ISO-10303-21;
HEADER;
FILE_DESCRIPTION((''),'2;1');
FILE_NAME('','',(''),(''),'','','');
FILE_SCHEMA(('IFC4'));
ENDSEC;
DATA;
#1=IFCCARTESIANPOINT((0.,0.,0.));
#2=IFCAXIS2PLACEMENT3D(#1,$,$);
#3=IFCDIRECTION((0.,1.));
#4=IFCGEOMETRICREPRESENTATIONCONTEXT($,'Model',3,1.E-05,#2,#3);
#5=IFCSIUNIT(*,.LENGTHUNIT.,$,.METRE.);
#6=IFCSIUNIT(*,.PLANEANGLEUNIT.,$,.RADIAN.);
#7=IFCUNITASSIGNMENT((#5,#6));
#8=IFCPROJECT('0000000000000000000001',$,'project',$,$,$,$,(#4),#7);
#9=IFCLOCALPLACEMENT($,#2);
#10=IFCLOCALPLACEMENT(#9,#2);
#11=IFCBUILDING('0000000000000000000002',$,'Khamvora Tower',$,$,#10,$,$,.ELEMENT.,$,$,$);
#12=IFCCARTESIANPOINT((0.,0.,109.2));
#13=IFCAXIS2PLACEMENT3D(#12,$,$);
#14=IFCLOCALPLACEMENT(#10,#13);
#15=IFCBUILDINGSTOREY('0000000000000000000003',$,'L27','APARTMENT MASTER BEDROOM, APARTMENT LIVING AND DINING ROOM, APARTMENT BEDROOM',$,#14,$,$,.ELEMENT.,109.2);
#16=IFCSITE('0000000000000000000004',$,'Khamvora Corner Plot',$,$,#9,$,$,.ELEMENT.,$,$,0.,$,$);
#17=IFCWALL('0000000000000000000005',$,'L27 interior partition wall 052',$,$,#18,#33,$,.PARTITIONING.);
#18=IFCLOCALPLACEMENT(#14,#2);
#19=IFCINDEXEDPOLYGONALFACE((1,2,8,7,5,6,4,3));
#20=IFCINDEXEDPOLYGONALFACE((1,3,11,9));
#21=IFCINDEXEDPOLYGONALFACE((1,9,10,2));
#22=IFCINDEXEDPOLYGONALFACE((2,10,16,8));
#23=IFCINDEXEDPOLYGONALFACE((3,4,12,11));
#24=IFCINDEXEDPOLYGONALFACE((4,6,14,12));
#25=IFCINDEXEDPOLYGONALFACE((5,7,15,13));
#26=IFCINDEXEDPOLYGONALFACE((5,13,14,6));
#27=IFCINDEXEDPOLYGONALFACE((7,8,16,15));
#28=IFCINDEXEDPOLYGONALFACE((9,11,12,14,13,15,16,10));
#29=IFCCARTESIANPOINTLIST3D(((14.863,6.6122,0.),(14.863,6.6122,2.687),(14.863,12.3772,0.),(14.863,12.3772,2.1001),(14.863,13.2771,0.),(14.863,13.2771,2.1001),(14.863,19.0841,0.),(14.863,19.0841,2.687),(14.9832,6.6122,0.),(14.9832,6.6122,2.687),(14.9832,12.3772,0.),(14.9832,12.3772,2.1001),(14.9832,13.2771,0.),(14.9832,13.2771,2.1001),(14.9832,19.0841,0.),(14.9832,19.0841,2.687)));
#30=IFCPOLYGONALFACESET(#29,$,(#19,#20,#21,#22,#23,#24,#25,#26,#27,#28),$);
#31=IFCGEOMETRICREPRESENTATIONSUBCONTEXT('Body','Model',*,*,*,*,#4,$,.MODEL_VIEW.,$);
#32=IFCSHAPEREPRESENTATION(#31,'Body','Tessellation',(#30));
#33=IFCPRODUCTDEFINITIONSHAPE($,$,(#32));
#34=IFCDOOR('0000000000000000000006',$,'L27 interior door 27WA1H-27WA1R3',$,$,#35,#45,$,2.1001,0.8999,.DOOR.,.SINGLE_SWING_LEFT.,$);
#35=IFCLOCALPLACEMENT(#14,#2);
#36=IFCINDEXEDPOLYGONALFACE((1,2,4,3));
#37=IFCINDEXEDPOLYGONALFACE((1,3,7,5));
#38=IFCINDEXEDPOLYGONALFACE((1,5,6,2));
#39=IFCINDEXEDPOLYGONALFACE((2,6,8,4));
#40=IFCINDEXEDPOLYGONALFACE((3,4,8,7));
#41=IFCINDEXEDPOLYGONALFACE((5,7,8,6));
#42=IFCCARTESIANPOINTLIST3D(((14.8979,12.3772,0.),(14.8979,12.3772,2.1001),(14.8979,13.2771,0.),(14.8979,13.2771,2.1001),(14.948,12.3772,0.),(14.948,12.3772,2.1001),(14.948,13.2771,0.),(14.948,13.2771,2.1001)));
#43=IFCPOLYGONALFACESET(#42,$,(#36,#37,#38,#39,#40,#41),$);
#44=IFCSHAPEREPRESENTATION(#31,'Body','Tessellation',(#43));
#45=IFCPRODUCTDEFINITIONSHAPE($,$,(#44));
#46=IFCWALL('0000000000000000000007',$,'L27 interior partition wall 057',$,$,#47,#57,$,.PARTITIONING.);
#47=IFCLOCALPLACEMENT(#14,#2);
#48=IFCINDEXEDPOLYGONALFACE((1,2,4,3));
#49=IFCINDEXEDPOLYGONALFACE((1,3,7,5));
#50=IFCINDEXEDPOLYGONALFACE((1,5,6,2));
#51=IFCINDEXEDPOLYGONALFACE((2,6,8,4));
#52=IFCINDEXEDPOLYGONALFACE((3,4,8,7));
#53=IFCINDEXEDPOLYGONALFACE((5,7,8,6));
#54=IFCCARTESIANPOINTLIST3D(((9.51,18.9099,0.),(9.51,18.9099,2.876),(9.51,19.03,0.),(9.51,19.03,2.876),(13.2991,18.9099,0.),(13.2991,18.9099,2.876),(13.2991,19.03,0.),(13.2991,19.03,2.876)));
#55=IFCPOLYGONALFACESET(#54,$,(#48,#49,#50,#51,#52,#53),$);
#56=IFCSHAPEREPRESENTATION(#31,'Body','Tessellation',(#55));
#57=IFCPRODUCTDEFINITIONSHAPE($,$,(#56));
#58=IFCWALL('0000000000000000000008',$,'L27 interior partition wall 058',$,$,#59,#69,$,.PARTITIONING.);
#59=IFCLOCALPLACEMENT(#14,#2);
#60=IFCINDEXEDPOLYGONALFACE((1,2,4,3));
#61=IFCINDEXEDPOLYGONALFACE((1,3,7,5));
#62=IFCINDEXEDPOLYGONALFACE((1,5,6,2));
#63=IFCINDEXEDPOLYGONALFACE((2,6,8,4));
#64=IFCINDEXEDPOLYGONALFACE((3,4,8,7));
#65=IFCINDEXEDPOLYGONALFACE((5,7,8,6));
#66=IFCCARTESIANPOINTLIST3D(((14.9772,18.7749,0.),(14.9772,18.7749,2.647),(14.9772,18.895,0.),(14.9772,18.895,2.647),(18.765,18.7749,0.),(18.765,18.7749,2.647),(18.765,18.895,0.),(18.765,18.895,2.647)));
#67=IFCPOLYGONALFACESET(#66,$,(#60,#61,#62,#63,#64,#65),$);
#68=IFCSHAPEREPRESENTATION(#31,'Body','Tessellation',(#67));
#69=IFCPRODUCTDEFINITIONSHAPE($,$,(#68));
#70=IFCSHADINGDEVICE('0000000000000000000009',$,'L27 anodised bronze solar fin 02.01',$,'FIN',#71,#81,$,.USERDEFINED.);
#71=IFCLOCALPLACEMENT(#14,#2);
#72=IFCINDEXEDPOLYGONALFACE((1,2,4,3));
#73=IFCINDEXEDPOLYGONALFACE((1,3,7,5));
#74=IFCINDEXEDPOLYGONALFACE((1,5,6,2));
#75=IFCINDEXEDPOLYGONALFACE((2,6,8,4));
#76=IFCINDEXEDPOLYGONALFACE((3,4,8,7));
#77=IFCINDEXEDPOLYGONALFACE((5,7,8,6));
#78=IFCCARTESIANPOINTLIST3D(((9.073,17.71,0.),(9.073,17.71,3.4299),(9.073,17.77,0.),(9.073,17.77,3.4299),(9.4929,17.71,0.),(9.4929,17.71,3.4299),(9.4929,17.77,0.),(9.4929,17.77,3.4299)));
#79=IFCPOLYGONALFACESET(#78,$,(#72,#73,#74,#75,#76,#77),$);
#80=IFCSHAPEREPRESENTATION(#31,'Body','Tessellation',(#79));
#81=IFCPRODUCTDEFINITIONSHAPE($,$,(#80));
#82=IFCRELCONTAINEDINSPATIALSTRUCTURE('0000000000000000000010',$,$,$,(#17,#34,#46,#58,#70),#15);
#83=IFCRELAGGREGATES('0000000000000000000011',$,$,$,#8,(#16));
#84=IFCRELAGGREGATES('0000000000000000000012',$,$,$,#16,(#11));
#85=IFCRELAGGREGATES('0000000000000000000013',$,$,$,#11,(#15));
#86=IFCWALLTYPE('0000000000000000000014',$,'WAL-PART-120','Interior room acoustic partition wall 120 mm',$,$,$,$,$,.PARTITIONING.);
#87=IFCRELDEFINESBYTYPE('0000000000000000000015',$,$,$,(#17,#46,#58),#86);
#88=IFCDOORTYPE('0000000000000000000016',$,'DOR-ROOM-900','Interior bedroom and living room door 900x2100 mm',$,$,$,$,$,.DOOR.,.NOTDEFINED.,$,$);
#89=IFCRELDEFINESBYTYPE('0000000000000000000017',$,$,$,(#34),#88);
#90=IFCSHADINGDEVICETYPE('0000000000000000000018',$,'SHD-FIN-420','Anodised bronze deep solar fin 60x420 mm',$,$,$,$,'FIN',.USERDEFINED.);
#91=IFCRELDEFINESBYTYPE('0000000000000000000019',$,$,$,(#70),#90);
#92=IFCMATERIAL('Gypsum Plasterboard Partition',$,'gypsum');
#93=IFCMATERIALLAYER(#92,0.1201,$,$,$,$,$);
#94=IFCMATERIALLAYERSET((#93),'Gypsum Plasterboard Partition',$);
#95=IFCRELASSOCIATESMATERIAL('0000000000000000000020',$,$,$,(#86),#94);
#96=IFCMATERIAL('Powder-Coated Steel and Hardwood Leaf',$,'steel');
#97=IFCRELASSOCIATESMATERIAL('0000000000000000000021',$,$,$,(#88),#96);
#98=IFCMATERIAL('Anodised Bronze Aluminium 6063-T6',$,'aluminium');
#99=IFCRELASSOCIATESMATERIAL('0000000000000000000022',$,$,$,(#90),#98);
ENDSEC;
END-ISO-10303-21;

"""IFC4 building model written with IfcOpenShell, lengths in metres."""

from ifc_helpers import new_model, si_unit, direction, frame, frame_2d, origin, origin_2d, place, context, subcontext, project, spatial, rectangle, extrude, material, layer, layer_set, type_object, element, fill, save


model = new_model("IFC4")

# Units and contexts
model_context = context("Model", 3, precision=1e-05, world=origin(), true_north=direction((0.0, 1.0)))
body_context = subcontext(model_context, "Body", "Model", "MODEL_VIEW")
ifc_project = project(units=[si_unit("LENGTHUNIT", "METRE"), si_unit("PLANEANGLEUNIT", "RADIAN")], contexts=[model_context])

# Site, building, storey
site_placement = place(None, origin())
site = spatial("IfcSite", under=ifc_project, at=site_placement, Name="Khamvora Corner Plot", CompositionType="ELEMENT", RefElevation=0.0)
building_placement = place(site_placement, origin())
building = spatial("IfcBuilding", under=site, at=building_placement, Name="Khamvora Tower", CompositionType="ELEMENT")
storey_placement = place(building_placement, frame((0.0, 0.0, 109.2)))
storey = spatial("IfcBuildingStorey", under=building, at=storey_placement, Name="L27", Description="APARTMENT MASTER BEDROOM, APARTMENT LIVING AND DINING ROOM, APARTMENT BEDROOM", CompositionType="ELEMENT", Elevation=109.2)

# Wall, opening, door
ifc_material_1 = material(Name="Gypsum Plasterboard Partition", Category="gypsum")
ifc_layer_1 = layer(ifc_material_1, 0.1201)
ifc_layer_set_1 = layer_set([ifc_layer_1], Name="Gypsum Plasterboard Partition")
wall_type = type_object("IfcWallType", Name="WAL-PART-120", Description="Interior room acoustic partition wall 120 mm", PredefinedType="PARTITIONING", material=ifc_layer_set_1)
ifc_material_2 = material(Name="Powder-Coated Steel and Hardwood Leaf", Category="steel")
door_type = type_object("IfcDoorType", Name="DOR-ROOM-900", Description="Interior bedroom and living room door 900x2100 mm", OperationType="NOTDEFINED", PredefinedType="DOOR", material=ifc_material_2)
wall_1_placement = place(storey_placement, frame((14.9231, 19.084, 0.0), z_axis=(0.0, 0.0, 1.0), x_axis=(0.0, -1.0, 0.0)))
wall_1 = element("IfcWall", 1, at=wall_1_placement, inside=storey, type_object=wall_type, Name="L27 interior partition wall 052", PredefinedType="PARTITIONING", context=body_context, shape_type="SweptSolid", body=[
    extrude(rectangle(XDim=12.4719, YDim=0.1201, at=frame_2d((6.2358, 0.0))), origin(), (0.0, 0.0, 1.0), 2.687),
])
opening_1_placement = place(wall_1_placement, frame((5.8069, 0.0, 0.0)))
opening_1 = element("IfcOpeningElement", 2, at=opening_1_placement, cuts=wall_1, PredefinedType="OPENING", context=body_context, shape_type="SweptSolid", body=[
    extrude(rectangle(XDim=0.8999, YDim=2.1001, at=frame_2d((0.45, 1.05))), frame((0.0, 0.0701, 0.0), z_axis=(0.0, -1.0, 0.0), x_axis=(1.0, 0.0, 0.0)), (0.0, 0.0, 1.0), 0.1401),
])
door_1_placement = place(opening_1_placement, origin())
door_1 = element("IfcDoor", 3, at=door_1_placement, inside=storey, type_object=door_type, Name="L27 interior door 27WA1H-27WA1R3", OperationType="SINGLE_SWING_LEFT", OverallHeight=2.1001, OverallWidth=0.8999, PredefinedType="DOOR", context=body_context, shape_type="SweptSolid", body=[
    extrude(rectangle(XDim=0.8999, YDim=2.1001, at=frame_2d((0.45, 1.05))), frame((0.0, 0.0249, 0.0), z_axis=(0.0, -1.0, 0.0), x_axis=(1.0, 0.0, 0.0)), (0.0, 0.0, 1.0), 0.05),
])
fill(opening_1, door_1)

# Walls
wall_2_placement = place(storey_placement, frame((9.51, 18.97, 0.0), z_axis=(0.0, 0.0, 1.0), x_axis=(1.0, 0.0, 0.0)))
element("IfcWall", 4, at=wall_2_placement, inside=storey, type_object=wall_type, Name="L27 interior partition wall 057", PredefinedType="PARTITIONING", context=body_context, shape_type="SweptSolid", body=[
    extrude(rectangle(XDim=3.7891, YDim=0.1201, at=frame_2d((1.8945, 0.0))), origin(), (0.0, 0.0, 1.0), 2.876),
])
wall_3_placement = place(storey_placement, frame((14.9771, 18.835, 0.0), z_axis=(0.0, 0.0, 1.0), x_axis=(1.0, 0.0, 0.0)))
element("IfcWall", 5, at=wall_3_placement, inside=storey, type_object=wall_type, Name="L27 interior partition wall 058", PredefinedType="PARTITIONING", context=body_context, shape_type="SweptSolid", body=[
    extrude(rectangle(XDim=3.7878, YDim=0.1201, at=frame_2d((1.894, 0.0))), origin(), (0.0, 0.0, 1.0), 2.647),
])

# Shading device
ifc_material_3 = material(Name="Anodised Bronze Aluminium 6063-T6", Category="aluminium")
shading_device_type = type_object("IfcShadingDeviceType", Name="SHD-FIN-420", Description="Anodised bronze deep solar fin 60x420 mm", ElementType="FIN", PredefinedType="USERDEFINED", material=ifc_material_3)
shading_device_placement = place(storey_placement, frame((9.283, 17.74, 0.0), z_axis=(0.0, 0.0, 1.0), x_axis=(0.0, 1.0, 0.0)))
element("IfcShadingDevice", 6, at=shading_device_placement, inside=storey, type_object=shading_device_type, Name="L27 anodised bronze solar fin 02.01", ObjectType="FIN", PredefinedType="USERDEFINED", context=body_context, shape_type="SweptSolid", body=[
    extrude(rectangle(XDim=0.0601, YDim=0.4199, at=origin_2d()), origin(), (0.0, 0.0, 1.0), 3.4299),
])

save(model, "model.ifc")
